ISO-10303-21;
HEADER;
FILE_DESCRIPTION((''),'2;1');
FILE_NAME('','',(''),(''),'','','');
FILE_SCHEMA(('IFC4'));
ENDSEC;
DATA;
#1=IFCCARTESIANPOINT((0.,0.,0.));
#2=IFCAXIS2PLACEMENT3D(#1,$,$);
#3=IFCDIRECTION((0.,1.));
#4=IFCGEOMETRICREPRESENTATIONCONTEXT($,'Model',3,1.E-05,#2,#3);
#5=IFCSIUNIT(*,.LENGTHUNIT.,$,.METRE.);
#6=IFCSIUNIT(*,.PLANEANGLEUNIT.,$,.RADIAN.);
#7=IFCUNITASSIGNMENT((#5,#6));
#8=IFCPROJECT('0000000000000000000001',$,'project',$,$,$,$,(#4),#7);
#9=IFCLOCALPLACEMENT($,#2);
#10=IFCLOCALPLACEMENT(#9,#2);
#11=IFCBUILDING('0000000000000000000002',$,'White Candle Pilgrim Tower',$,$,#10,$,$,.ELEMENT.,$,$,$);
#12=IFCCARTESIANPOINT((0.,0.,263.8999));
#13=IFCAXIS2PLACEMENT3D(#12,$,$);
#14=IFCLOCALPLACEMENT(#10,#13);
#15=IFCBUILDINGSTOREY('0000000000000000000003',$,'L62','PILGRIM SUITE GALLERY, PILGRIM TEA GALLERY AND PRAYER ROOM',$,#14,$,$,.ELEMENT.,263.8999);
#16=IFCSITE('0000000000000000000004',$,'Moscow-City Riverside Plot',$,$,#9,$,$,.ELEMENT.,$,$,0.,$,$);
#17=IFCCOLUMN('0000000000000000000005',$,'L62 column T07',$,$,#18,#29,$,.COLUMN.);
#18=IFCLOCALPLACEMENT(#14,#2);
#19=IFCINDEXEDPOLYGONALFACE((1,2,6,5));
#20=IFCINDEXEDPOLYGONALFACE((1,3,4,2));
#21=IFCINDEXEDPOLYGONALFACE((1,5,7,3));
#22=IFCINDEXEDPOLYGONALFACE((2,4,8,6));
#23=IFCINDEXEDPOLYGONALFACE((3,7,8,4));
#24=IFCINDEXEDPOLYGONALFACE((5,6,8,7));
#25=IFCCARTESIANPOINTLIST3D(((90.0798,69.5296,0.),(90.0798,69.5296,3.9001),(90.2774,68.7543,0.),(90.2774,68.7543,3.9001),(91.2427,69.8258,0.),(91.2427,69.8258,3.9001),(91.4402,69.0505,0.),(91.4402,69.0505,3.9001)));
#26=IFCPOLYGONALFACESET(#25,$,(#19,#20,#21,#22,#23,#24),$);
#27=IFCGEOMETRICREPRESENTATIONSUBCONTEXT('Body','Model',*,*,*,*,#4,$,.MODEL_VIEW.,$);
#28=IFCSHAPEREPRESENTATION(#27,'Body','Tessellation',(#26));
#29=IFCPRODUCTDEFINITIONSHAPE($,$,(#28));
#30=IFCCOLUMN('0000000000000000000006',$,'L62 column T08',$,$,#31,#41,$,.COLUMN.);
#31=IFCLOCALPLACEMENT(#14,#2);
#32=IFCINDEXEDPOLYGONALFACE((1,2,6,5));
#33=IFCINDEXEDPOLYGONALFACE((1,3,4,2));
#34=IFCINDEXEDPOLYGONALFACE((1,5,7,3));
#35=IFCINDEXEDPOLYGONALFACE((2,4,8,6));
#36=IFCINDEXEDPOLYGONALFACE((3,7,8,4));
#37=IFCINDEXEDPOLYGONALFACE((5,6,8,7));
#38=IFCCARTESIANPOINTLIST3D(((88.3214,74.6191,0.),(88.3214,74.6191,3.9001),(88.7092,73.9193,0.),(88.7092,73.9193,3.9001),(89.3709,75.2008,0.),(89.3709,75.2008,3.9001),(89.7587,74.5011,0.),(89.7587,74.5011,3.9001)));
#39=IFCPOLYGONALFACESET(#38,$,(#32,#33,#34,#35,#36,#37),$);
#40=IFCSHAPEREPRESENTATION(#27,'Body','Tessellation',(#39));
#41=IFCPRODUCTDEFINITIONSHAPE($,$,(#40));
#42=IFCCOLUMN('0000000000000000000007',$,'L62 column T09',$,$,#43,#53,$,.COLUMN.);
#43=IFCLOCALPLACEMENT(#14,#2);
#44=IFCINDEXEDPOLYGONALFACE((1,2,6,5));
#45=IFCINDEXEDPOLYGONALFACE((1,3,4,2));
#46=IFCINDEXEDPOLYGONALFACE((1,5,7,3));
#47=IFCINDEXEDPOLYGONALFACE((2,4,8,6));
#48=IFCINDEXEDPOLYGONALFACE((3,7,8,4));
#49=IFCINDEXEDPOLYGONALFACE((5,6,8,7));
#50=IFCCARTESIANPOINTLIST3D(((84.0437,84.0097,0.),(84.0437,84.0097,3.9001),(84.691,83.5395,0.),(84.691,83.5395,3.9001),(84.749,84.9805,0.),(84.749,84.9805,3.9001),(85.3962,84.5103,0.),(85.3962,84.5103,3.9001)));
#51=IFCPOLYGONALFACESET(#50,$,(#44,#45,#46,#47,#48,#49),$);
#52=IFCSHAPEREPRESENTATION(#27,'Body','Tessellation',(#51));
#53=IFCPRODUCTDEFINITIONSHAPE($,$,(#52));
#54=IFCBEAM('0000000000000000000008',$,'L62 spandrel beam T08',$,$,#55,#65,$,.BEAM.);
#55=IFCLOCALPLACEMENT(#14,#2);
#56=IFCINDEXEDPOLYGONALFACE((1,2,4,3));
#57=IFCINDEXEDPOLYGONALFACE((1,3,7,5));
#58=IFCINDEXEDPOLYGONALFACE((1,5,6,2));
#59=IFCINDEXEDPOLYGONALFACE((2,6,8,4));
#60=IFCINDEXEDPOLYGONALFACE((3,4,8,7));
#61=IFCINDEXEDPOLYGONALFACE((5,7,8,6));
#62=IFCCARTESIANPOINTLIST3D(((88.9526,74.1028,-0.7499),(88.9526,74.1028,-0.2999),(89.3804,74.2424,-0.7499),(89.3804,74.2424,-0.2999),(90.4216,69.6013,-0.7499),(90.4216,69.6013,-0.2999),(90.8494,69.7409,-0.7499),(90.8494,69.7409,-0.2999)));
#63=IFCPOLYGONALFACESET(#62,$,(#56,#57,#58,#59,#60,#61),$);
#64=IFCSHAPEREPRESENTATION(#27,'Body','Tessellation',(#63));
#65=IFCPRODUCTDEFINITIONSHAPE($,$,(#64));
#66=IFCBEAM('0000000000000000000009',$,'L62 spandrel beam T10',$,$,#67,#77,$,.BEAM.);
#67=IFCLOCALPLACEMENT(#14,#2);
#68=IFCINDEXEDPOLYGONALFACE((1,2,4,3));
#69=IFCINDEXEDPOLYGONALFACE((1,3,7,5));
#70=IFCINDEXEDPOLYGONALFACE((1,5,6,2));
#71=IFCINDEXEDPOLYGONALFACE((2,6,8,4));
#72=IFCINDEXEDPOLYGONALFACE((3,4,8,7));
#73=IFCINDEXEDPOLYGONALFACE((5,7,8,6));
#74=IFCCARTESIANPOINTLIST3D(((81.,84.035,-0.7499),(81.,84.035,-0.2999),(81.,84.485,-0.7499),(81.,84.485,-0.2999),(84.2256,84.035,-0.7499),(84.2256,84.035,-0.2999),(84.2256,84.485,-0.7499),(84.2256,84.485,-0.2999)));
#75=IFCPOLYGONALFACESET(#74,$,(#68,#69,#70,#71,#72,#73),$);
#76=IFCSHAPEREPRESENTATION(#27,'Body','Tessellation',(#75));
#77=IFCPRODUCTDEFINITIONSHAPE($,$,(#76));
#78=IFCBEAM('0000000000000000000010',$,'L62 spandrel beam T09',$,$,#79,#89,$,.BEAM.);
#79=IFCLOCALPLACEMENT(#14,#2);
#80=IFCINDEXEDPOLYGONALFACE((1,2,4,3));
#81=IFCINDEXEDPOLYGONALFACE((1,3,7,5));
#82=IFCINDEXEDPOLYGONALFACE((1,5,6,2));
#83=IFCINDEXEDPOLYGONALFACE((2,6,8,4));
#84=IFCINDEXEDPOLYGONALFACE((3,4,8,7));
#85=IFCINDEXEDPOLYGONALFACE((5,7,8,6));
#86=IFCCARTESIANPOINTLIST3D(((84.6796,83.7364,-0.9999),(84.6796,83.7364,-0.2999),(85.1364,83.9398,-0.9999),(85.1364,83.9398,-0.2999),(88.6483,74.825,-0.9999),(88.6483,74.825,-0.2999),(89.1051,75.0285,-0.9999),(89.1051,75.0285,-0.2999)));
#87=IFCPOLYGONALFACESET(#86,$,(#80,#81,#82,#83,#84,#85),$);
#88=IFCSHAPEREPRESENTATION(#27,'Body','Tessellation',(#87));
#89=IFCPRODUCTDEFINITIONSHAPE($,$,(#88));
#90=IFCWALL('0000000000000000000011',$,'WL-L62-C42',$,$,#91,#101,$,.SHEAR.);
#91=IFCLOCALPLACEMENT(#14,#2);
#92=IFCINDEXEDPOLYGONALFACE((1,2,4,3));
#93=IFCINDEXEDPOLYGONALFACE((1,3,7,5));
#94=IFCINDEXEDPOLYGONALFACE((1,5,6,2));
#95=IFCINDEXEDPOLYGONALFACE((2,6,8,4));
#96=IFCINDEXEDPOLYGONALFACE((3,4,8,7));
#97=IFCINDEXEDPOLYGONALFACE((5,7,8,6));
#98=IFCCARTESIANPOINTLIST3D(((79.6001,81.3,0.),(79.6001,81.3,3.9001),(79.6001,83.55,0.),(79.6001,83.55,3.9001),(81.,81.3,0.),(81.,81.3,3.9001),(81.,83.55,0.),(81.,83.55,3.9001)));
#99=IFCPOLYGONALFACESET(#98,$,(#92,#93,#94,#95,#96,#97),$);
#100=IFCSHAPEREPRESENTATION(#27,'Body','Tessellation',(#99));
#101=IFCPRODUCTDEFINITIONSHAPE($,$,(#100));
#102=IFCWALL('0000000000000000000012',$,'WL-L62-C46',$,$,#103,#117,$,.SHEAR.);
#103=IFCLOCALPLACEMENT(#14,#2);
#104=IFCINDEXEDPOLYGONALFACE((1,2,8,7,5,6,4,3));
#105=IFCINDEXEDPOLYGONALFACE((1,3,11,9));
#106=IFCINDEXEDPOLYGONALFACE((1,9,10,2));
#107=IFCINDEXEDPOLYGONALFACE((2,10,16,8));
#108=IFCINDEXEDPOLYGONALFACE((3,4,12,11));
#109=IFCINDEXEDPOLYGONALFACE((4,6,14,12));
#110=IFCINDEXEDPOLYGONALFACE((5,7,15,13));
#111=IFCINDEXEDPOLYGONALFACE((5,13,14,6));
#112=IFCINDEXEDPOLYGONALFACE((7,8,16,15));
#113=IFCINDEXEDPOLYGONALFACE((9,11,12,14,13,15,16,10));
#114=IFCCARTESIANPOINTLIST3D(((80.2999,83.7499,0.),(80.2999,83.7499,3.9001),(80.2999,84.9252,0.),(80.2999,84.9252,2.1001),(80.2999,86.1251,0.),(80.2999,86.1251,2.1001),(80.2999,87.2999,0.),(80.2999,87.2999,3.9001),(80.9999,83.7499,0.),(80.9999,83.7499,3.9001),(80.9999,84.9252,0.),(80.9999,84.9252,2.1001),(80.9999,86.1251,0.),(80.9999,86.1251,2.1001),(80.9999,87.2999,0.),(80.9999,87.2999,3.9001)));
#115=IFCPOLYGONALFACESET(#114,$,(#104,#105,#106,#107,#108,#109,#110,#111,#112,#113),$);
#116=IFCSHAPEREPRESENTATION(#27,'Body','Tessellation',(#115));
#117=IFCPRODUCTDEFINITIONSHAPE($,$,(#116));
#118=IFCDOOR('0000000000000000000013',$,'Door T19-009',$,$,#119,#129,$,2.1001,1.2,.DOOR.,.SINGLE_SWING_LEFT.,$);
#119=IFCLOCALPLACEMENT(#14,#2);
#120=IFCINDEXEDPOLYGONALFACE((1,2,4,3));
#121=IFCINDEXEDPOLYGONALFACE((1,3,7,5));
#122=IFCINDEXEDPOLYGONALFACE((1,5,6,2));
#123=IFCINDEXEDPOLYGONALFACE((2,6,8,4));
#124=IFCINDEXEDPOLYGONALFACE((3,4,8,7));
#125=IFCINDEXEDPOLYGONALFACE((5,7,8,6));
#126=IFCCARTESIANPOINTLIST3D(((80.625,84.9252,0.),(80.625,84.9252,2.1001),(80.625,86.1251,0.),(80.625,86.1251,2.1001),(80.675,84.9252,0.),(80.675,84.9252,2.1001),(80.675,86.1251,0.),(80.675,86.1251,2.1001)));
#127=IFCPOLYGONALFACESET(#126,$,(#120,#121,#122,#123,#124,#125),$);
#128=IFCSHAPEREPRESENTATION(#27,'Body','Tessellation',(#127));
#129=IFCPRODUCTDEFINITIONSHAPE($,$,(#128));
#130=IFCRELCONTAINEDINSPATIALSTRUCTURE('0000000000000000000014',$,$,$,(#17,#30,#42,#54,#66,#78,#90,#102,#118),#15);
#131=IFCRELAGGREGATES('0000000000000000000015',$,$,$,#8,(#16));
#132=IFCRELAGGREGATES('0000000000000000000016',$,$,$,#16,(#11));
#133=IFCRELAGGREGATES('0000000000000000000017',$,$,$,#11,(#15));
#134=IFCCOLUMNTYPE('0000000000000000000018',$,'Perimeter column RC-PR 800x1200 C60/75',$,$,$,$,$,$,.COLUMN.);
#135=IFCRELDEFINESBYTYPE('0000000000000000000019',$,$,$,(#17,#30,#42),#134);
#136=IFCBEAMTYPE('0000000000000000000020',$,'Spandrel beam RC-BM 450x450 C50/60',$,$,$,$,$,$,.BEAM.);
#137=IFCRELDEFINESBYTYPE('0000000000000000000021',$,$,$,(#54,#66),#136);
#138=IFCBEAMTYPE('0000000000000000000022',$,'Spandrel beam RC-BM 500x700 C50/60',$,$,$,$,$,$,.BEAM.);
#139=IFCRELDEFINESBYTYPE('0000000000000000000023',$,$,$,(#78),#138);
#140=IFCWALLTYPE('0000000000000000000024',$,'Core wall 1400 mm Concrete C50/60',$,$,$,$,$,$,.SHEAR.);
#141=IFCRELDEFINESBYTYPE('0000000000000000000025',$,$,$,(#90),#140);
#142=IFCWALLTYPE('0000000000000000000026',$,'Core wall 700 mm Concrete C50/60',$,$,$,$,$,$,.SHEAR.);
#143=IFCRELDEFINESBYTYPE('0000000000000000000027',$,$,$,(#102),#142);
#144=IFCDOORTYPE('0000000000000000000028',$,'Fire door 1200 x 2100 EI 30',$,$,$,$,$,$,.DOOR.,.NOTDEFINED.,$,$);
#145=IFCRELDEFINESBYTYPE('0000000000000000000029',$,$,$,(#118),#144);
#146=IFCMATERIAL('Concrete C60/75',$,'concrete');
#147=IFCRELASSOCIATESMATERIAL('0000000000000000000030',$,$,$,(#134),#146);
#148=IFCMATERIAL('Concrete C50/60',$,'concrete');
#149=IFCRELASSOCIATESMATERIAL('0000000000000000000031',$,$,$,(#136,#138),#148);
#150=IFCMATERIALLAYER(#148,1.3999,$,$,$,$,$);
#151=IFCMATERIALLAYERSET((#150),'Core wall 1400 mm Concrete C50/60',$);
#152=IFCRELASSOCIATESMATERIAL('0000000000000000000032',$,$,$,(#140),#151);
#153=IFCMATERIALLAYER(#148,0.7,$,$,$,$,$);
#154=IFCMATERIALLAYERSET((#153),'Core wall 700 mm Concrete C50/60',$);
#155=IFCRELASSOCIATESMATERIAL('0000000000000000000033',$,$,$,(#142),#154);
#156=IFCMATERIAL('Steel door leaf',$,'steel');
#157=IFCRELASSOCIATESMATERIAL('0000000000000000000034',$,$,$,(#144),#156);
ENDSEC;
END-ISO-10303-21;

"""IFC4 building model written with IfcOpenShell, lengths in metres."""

from ifc_helpers import new_model, si_unit, direction, frame, frame_2d, origin, origin_2d, place, context, subcontext, project, spatial, rectangle, extrude, material, layer, layer_set, material_profile, profile_set, type_object, element, fill, save


model = new_model("IFC4")

# Units and contexts
model_context = context("Model", 3, precision=1e-05, world=origin(), true_north=direction((0.0, 1.0)))
body_context = subcontext(model_context, "Body", "Model", "MODEL_VIEW")
ifc_project = project(units=[si_unit("LENGTHUNIT", "METRE"), si_unit("PLANEANGLEUNIT", "RADIAN")], contexts=[model_context])

# Site, building, storey
site_placement = place(None, origin())
site = spatial("IfcSite", under=ifc_project, at=site_placement, Name="Moscow-City Riverside Plot", CompositionType="ELEMENT", RefElevation=0.0)
building_placement = place(site_placement, origin())
building = spatial("IfcBuilding", under=site, at=building_placement, Name="White Candle Pilgrim Tower", CompositionType="ELEMENT")
storey_placement = place(building_placement, frame((0.0, 0.0, 263.8999)))
storey = spatial("IfcBuildingStorey", under=building, at=storey_placement, Name="L62", Description="PILGRIM SUITE GALLERY, PILGRIM TEA GALLERY AND PRAYER ROOM", CompositionType="ELEMENT", Elevation=263.8999)

# Columns
ifc_material_1 = material(Name="Concrete C60/75", Category="concrete")
ifc_material_profile_1 = material_profile(ifc_material_1, rectangle(XDim=0.8, YDim=1.2, at=origin_2d()), Name="RC-PR 800x1200")
ifc_profile_set_1 = profile_set([ifc_material_profile_1], Name="Concrete C60/75")
column_type = type_object("IfcColumnType", Name="Perimeter column RC-PR 800x1200 C60/75", PredefinedType="COLUMN", material=ifc_profile_set_1)
for number, where, z_axis, x_axis, name in (
    (1, (90.76, 69.29, 0.0), (0.0, 0.0, 1.0), (0.246881, -0.969046, 0.0), "L62 column T07"),
    (2, (89.04, 74.5601, 0.0), (0.0, 0.0, 1.0), (0.48481, -0.87462, 0.0), "L62 column T08"),
    (3, (84.72, 84.26, 0.0), (0.0, 0.0, 1.0), (0.809027, -0.587771, 0.0), "L62 column T09"),
):
    element("IfcColumn", number, at=place(storey_placement, frame(where, z_axis=z_axis, x_axis=x_axis)), inside=storey, type_object=column_type, Name=name, PredefinedType="COLUMN", context=body_context, shape_type="SweptSolid", body=[
        extrude(rectangle(XDim=0.8, YDim=1.2, at=origin_2d()), origin(), (0.0, 0.0, 1.0), 3.9001),
    ])

# Beams
ifc_material_2 = material(Name="Concrete C50/60", Category="concrete")
ifc_material_profile_2 = material_profile(ifc_material_2, rectangle(XDim=0.45, YDim=0.45, at=origin_2d()), Name="RC-BM 450x450")
ifc_profile_set_2 = profile_set([ifc_material_profile_2], Name="Concrete C50/60")
beam_type_1 = type_object("IfcBeamType", Name="Spandrel beam RC-BM 450x450 C50/60", PredefinedType="BEAM", material=ifc_profile_set_2)
beam_1_placement = place(storey_placement, frame((90.6355, 69.6711, -0.5249), z_axis=(-0.310235, 0.95066, 0.0), x_axis=(-0.95066, -0.310235, 0.0)))
element("IfcBeam", 4, at=beam_1_placement, inside=storey, type_object=beam_type_1, Name="L62 spandrel beam T08", PredefinedType="BEAM", context=body_context, shape_type="SweptSolid", body=[
    extrude(rectangle(XDim=0.45, YDim=0.45, at=origin_2d()), origin(), (0.0, 0.0, 1.0), 4.7351),
])
beam_2_placement = place(storey_placement, frame((84.2256, 84.26, -0.5249), z_axis=(-1.0, 0.0, 0.0), x_axis=(0.0, -1.0, 0.0)))
element("IfcBeam", 5, at=beam_2_placement, inside=storey, type_object=beam_type_1, Name="L62 spandrel beam T10", PredefinedType="BEAM", context=body_context, shape_type="SweptSolid", body=[
    extrude(rectangle(XDim=0.45, YDim=0.45, at=origin_2d()), origin(), (0.0, 0.0, 1.0), 3.2256),
])
ifc_material_profile_3 = material_profile(ifc_material_2, rectangle(XDim=0.5, YDim=0.7, at=origin_2d()), Name="RC-BM 500x700")
ifc_profile_set_3 = profile_set([ifc_material_profile_3], Name="Concrete C50/60")
beam_type_2 = type_object("IfcBeamType", Name="Spandrel beam RC-BM 500x700 C50/60", PredefinedType="BEAM", material=ifc_profile_set_3)
beam_3_placement = place(storey_placement, frame((88.8767, 74.9268, -0.6499), z_axis=(-0.406835, 0.913502, 0.0), x_axis=(-0.913502, -0.406835, 0.0)))
element("IfcBeam", 6, at=beam_3_placement, inside=storey, type_object=beam_type_2, Name="L62 spandrel beam T09", PredefinedType="BEAM", context=body_context, shape_type="SweptSolid", body=[
    extrude(rectangle(XDim=0.5, YDim=0.7, at=origin_2d()), origin(), (0.0, 0.0, 1.0), 9.7551),
])

# Wall
ifc_layer_1 = layer(ifc_material_2, 1.3999)
ifc_layer_set_1 = layer_set([ifc_layer_1], Name="Core wall 1400 mm Concrete C50/60")
wall_type_1 = type_object("IfcWallType", Name="Core wall 1400 mm Concrete C50/60", PredefinedType="SHEAR", material=ifc_layer_set_1)
wall_1_placement = place(storey_placement, frame((80.3, 81.3, 0.0), z_axis=(0.0, 0.0, 1.0), x_axis=(0.0, 1.0, 0.0)))
element("IfcWall", 7, at=wall_1_placement, inside=storey, type_object=wall_type_1, Name="WL-L62-C42", PredefinedType="SHEAR", context=body_context, shape_type="SweptSolid", body=[
    extrude(rectangle(XDim=2.25, YDim=1.3999, at=frame_2d((1.125, 0.0))), origin(), (0.0, 0.0, 1.0), 3.9001),
])

# Wall, opening, door
ifc_layer_2 = layer(ifc_material_2, 0.7)
ifc_layer_set_2 = layer_set([ifc_layer_2], Name="Core wall 700 mm Concrete C50/60")
wall_type_2 = type_object("IfcWallType", Name="Core wall 700 mm Concrete C50/60", PredefinedType="SHEAR", material=ifc_layer_set_2)
wall_2_placement = place(storey_placement, frame((80.6499, 83.75, 0.0), z_axis=(0.0, 0.0, 1.0), x_axis=(0.0, 1.0, 0.0)))
wall_2 = element("IfcWall", 8, at=wall_2_placement, inside=storey, type_object=wall_type_2, Name="WL-L62-C46", PredefinedType="SHEAR", context=body_context, shape_type="SweptSolid", body=[
    extrude(rectangle(XDim=3.55, YDim=0.7, at=frame_2d((1.7749, 0.0))), origin(), (0.0, 0.0, 1.0), 3.9001),
])
opening_1_placement = place(wall_2_placement, frame((1.175, 0.0, 0.0)))
opening_1 = element("IfcOpeningElement", 9, at=opening_1_placement, cuts=wall_2, PredefinedType="OPENING", context=body_context, shape_type="SweptSolid", body=[
    extrude(rectangle(XDim=1.2, YDim=2.1001, at=frame_2d((0.6001, 1.05))), frame((0.0, 0.3599, 0.0), z_axis=(0.0, -1.0, 0.0), x_axis=(1.0, 0.0, 0.0)), (0.0, 0.0, 1.0), 0.72),
])
ifc_material_3 = material(Name="Steel door leaf", Category="steel")
door_type_1 = type_object("IfcDoorType", Name="Fire door 1200 x 2100 EI 30", OperationType="NOTDEFINED", PredefinedType="DOOR", material=ifc_material_3)
door_1_placement = place(opening_1_placement, origin())
door_1 = element("IfcDoor", 10, at=door_1_placement, inside=storey, type_object=door_type_1, Name="Door T19-009", OperationType="SINGLE_SWING_LEFT", OverallHeight=2.1001, OverallWidth=1.2, PredefinedType="DOOR", context=body_context, shape_type="SweptSolid", body=[
    extrude(rectangle(XDim=1.2, YDim=2.1001, at=frame_2d((0.6001, 1.05))), frame((0.0, 0.0249, 0.0), z_axis=(0.0, -1.0, 0.0), x_axis=(1.0, 0.0, 0.0)), (0.0, 0.0, 1.0), 0.05),
])
fill(opening_1, door_1)

save(model, "model.ifc")
